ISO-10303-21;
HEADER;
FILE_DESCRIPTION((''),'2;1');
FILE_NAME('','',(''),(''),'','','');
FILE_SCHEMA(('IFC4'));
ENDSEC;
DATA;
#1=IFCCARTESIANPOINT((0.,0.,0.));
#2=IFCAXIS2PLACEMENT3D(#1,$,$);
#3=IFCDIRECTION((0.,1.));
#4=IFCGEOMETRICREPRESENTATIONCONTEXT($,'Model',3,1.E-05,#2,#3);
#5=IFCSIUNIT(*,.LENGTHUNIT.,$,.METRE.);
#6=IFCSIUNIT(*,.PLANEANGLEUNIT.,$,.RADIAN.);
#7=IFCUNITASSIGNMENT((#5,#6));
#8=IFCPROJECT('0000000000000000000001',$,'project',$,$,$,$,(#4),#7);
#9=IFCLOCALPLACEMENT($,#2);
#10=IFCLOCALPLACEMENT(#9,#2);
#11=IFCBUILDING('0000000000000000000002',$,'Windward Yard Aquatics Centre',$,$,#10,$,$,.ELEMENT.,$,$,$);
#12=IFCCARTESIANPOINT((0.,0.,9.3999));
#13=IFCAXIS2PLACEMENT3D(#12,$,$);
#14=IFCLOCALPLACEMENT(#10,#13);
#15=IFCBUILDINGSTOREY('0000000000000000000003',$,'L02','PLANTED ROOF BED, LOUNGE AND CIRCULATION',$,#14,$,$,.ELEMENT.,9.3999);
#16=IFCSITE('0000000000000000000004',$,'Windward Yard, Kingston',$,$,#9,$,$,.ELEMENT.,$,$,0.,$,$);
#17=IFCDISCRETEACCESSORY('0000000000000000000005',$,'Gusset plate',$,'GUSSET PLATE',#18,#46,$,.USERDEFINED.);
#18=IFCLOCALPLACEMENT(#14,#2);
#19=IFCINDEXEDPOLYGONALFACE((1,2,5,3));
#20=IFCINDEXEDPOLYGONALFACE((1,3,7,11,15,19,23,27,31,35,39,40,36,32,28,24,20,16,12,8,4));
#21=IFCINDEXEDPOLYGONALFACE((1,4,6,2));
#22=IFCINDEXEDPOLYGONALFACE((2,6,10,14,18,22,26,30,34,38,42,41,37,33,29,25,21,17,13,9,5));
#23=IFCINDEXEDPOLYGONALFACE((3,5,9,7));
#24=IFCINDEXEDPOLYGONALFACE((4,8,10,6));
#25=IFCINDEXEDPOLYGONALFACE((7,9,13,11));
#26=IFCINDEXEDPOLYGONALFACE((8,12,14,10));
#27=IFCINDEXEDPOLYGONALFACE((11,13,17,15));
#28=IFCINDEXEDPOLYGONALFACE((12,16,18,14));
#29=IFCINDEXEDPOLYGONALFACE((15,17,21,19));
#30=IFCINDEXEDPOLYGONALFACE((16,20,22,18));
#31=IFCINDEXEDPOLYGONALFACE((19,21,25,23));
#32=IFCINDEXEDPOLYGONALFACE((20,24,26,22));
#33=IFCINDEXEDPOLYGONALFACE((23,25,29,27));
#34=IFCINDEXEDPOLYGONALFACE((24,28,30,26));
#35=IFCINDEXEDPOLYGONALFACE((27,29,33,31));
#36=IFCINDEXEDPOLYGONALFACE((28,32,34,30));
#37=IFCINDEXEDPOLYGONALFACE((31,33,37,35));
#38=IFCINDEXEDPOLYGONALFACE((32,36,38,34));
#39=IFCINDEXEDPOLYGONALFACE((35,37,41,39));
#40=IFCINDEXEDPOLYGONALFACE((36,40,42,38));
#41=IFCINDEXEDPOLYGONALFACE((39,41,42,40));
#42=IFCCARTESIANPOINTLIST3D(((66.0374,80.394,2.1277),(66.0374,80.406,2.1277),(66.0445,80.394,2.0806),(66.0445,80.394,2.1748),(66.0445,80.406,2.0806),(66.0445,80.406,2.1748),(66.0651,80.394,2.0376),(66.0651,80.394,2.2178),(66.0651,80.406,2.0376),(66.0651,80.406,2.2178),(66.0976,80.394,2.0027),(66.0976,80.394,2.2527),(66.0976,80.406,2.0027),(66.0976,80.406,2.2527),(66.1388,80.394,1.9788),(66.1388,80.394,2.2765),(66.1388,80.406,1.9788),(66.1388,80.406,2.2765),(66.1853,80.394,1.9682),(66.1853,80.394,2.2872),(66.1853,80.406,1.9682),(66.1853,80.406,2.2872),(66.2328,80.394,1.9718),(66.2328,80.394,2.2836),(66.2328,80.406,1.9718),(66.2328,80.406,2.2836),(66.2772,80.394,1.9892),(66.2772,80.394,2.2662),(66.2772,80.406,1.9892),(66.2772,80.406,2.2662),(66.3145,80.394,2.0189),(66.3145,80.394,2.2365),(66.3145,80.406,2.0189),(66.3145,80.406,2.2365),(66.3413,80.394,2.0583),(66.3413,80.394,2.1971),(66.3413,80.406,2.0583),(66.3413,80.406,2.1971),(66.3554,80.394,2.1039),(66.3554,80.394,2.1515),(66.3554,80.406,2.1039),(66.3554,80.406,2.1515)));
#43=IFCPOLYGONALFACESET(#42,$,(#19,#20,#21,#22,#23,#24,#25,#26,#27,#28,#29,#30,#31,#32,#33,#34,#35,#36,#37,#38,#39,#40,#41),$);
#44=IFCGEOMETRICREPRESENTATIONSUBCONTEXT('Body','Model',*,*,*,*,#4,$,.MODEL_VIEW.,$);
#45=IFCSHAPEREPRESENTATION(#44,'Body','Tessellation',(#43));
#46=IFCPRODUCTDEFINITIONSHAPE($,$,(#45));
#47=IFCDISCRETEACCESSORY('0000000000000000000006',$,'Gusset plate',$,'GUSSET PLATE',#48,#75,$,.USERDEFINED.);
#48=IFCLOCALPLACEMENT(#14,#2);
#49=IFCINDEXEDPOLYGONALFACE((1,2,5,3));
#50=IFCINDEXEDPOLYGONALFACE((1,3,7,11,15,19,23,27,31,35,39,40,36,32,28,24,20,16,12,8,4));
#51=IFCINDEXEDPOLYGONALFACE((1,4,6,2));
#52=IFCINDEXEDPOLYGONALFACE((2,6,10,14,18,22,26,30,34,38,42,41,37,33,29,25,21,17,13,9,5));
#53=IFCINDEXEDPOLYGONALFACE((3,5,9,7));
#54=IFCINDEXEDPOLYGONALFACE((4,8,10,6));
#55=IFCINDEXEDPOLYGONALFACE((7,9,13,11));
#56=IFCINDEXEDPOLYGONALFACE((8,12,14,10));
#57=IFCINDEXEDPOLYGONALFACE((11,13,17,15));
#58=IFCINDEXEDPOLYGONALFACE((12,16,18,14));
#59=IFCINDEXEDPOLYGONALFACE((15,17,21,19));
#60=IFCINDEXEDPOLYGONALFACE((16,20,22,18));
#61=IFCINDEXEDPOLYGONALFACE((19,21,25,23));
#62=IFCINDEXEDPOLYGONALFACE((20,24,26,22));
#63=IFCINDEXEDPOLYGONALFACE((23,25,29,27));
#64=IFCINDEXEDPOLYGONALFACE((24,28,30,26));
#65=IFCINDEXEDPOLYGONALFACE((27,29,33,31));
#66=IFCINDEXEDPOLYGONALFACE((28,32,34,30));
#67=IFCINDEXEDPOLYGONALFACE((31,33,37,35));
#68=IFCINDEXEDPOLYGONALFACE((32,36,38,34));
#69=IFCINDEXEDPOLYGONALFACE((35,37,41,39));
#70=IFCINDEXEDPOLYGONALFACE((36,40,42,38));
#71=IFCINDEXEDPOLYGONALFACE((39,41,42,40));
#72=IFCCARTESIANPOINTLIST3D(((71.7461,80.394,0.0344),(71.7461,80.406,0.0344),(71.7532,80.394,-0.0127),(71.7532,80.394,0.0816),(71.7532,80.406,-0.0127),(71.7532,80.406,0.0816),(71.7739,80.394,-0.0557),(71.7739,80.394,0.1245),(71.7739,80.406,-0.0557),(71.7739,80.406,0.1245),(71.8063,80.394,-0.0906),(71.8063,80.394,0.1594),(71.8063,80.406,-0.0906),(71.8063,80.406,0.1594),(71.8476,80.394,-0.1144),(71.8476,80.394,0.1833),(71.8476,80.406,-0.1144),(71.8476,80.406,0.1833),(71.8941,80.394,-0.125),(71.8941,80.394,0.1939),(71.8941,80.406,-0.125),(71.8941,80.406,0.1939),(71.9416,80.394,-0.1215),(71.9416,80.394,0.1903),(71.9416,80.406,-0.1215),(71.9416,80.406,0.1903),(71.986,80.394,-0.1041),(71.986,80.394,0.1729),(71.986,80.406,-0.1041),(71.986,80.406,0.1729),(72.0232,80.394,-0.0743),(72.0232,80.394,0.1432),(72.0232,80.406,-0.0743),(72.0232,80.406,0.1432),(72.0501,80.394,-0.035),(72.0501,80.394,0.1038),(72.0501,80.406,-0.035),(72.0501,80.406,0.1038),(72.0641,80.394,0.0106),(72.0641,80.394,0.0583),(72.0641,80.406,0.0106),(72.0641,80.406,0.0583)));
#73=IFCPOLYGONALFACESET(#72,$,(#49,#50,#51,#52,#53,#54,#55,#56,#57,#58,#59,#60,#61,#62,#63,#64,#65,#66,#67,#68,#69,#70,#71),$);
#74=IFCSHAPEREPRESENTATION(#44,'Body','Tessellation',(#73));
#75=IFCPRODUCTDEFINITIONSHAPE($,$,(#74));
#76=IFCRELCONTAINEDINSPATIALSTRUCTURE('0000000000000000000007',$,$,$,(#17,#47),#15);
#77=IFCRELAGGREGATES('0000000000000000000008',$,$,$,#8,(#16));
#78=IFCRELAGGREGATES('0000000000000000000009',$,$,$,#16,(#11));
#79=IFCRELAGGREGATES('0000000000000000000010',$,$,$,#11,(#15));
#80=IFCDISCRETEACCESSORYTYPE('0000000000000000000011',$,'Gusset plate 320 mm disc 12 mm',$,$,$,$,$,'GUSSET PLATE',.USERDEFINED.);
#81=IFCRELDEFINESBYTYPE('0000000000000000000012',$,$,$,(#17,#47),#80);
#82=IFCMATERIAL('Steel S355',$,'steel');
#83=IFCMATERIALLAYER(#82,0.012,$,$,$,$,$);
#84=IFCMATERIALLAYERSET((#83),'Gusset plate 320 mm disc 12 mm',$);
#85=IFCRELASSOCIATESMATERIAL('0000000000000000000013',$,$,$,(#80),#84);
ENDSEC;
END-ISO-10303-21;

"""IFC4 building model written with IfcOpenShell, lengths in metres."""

from ifc_helpers import new_model, si_unit, direction, frame, origin, origin_2d, place, context, subcontext, project, spatial, circle, extrude, material, layer, layer_set, type_object, element, save


model = new_model("IFC4")

# Units and contexts
model_context = context("Model", 3, precision=1e-05, world=origin(), true_north=direction((0.0, 1.0)))
body_context = subcontext(model_context, "Body", "Model", "MODEL_VIEW")
ifc_project = project(units=[si_unit("LENGTHUNIT", "METRE"), si_unit("PLANEANGLEUNIT", "RADIAN")], contexts=[model_context])

# Site, building, storey
site_placement = place(None, origin())
site = spatial("IfcSite", under=ifc_project, at=site_placement, Name="Windward Yard, Kingston", CompositionType="ELEMENT", RefElevation=0.0)
building_placement = place(site_placement, origin())
building = spatial("IfcBuilding", under=site, at=building_placement, Name="Windward Yard Aquatics Centre", CompositionType="ELEMENT")
storey_placement = place(building_placement, frame((0.0, 0.0, 9.3999)))
storey = spatial("IfcBuildingStorey", under=building, at=storey_placement, Name="L02", Description="PLANTED ROOF BED, LOUNGE AND CIRCULATION", CompositionType="ELEMENT", Elevation=9.3999)

# Discrete accessories
ifc_material_1 = material(Name="Steel S355", Category="steel")
ifc_layer_1 = layer(ifc_material_1, 0.012)
ifc_layer_set_1 = layer_set([ifc_layer_1], Name="Gusset plate 320 mm disc 12 mm")
discrete_accessory_type = type_object("IfcDiscreteAccessoryType", Name="Gusset plate 320 mm disc 12 mm", ElementType="GUSSET PLATE", PredefinedType="USERDEFINED", material=ifc_layer_set_1)
for number, where, z_axis, x_axis, name in (
    (1, (66.1973, 80.394, 2.1277), (0.0, 1.0, 0.0), (-1.0, 0.0, 0.0), "Gusset plate"),
    (2, (71.906, 80.394, 0.0344), (0.0, 1.0, 0.0), (-1.0, 0.0, 0.0), "Gusset plate"),
):
    element("IfcDiscreteAccessory", number, at=place(storey_placement, frame(where, z_axis=z_axis, x_axis=x_axis)), inside=storey, type_object=discrete_accessory_type, Name=name, ObjectType="GUSSET PLATE", PredefinedType="USERDEFINED", context=body_context, shape_type="SweptSolid", body=[
        extrude(circle(Radius=0.1599, at=origin_2d()), origin(), (0.0, 0.0, 1.0), 0.012),
    ])

save(model, "model.ifc")
